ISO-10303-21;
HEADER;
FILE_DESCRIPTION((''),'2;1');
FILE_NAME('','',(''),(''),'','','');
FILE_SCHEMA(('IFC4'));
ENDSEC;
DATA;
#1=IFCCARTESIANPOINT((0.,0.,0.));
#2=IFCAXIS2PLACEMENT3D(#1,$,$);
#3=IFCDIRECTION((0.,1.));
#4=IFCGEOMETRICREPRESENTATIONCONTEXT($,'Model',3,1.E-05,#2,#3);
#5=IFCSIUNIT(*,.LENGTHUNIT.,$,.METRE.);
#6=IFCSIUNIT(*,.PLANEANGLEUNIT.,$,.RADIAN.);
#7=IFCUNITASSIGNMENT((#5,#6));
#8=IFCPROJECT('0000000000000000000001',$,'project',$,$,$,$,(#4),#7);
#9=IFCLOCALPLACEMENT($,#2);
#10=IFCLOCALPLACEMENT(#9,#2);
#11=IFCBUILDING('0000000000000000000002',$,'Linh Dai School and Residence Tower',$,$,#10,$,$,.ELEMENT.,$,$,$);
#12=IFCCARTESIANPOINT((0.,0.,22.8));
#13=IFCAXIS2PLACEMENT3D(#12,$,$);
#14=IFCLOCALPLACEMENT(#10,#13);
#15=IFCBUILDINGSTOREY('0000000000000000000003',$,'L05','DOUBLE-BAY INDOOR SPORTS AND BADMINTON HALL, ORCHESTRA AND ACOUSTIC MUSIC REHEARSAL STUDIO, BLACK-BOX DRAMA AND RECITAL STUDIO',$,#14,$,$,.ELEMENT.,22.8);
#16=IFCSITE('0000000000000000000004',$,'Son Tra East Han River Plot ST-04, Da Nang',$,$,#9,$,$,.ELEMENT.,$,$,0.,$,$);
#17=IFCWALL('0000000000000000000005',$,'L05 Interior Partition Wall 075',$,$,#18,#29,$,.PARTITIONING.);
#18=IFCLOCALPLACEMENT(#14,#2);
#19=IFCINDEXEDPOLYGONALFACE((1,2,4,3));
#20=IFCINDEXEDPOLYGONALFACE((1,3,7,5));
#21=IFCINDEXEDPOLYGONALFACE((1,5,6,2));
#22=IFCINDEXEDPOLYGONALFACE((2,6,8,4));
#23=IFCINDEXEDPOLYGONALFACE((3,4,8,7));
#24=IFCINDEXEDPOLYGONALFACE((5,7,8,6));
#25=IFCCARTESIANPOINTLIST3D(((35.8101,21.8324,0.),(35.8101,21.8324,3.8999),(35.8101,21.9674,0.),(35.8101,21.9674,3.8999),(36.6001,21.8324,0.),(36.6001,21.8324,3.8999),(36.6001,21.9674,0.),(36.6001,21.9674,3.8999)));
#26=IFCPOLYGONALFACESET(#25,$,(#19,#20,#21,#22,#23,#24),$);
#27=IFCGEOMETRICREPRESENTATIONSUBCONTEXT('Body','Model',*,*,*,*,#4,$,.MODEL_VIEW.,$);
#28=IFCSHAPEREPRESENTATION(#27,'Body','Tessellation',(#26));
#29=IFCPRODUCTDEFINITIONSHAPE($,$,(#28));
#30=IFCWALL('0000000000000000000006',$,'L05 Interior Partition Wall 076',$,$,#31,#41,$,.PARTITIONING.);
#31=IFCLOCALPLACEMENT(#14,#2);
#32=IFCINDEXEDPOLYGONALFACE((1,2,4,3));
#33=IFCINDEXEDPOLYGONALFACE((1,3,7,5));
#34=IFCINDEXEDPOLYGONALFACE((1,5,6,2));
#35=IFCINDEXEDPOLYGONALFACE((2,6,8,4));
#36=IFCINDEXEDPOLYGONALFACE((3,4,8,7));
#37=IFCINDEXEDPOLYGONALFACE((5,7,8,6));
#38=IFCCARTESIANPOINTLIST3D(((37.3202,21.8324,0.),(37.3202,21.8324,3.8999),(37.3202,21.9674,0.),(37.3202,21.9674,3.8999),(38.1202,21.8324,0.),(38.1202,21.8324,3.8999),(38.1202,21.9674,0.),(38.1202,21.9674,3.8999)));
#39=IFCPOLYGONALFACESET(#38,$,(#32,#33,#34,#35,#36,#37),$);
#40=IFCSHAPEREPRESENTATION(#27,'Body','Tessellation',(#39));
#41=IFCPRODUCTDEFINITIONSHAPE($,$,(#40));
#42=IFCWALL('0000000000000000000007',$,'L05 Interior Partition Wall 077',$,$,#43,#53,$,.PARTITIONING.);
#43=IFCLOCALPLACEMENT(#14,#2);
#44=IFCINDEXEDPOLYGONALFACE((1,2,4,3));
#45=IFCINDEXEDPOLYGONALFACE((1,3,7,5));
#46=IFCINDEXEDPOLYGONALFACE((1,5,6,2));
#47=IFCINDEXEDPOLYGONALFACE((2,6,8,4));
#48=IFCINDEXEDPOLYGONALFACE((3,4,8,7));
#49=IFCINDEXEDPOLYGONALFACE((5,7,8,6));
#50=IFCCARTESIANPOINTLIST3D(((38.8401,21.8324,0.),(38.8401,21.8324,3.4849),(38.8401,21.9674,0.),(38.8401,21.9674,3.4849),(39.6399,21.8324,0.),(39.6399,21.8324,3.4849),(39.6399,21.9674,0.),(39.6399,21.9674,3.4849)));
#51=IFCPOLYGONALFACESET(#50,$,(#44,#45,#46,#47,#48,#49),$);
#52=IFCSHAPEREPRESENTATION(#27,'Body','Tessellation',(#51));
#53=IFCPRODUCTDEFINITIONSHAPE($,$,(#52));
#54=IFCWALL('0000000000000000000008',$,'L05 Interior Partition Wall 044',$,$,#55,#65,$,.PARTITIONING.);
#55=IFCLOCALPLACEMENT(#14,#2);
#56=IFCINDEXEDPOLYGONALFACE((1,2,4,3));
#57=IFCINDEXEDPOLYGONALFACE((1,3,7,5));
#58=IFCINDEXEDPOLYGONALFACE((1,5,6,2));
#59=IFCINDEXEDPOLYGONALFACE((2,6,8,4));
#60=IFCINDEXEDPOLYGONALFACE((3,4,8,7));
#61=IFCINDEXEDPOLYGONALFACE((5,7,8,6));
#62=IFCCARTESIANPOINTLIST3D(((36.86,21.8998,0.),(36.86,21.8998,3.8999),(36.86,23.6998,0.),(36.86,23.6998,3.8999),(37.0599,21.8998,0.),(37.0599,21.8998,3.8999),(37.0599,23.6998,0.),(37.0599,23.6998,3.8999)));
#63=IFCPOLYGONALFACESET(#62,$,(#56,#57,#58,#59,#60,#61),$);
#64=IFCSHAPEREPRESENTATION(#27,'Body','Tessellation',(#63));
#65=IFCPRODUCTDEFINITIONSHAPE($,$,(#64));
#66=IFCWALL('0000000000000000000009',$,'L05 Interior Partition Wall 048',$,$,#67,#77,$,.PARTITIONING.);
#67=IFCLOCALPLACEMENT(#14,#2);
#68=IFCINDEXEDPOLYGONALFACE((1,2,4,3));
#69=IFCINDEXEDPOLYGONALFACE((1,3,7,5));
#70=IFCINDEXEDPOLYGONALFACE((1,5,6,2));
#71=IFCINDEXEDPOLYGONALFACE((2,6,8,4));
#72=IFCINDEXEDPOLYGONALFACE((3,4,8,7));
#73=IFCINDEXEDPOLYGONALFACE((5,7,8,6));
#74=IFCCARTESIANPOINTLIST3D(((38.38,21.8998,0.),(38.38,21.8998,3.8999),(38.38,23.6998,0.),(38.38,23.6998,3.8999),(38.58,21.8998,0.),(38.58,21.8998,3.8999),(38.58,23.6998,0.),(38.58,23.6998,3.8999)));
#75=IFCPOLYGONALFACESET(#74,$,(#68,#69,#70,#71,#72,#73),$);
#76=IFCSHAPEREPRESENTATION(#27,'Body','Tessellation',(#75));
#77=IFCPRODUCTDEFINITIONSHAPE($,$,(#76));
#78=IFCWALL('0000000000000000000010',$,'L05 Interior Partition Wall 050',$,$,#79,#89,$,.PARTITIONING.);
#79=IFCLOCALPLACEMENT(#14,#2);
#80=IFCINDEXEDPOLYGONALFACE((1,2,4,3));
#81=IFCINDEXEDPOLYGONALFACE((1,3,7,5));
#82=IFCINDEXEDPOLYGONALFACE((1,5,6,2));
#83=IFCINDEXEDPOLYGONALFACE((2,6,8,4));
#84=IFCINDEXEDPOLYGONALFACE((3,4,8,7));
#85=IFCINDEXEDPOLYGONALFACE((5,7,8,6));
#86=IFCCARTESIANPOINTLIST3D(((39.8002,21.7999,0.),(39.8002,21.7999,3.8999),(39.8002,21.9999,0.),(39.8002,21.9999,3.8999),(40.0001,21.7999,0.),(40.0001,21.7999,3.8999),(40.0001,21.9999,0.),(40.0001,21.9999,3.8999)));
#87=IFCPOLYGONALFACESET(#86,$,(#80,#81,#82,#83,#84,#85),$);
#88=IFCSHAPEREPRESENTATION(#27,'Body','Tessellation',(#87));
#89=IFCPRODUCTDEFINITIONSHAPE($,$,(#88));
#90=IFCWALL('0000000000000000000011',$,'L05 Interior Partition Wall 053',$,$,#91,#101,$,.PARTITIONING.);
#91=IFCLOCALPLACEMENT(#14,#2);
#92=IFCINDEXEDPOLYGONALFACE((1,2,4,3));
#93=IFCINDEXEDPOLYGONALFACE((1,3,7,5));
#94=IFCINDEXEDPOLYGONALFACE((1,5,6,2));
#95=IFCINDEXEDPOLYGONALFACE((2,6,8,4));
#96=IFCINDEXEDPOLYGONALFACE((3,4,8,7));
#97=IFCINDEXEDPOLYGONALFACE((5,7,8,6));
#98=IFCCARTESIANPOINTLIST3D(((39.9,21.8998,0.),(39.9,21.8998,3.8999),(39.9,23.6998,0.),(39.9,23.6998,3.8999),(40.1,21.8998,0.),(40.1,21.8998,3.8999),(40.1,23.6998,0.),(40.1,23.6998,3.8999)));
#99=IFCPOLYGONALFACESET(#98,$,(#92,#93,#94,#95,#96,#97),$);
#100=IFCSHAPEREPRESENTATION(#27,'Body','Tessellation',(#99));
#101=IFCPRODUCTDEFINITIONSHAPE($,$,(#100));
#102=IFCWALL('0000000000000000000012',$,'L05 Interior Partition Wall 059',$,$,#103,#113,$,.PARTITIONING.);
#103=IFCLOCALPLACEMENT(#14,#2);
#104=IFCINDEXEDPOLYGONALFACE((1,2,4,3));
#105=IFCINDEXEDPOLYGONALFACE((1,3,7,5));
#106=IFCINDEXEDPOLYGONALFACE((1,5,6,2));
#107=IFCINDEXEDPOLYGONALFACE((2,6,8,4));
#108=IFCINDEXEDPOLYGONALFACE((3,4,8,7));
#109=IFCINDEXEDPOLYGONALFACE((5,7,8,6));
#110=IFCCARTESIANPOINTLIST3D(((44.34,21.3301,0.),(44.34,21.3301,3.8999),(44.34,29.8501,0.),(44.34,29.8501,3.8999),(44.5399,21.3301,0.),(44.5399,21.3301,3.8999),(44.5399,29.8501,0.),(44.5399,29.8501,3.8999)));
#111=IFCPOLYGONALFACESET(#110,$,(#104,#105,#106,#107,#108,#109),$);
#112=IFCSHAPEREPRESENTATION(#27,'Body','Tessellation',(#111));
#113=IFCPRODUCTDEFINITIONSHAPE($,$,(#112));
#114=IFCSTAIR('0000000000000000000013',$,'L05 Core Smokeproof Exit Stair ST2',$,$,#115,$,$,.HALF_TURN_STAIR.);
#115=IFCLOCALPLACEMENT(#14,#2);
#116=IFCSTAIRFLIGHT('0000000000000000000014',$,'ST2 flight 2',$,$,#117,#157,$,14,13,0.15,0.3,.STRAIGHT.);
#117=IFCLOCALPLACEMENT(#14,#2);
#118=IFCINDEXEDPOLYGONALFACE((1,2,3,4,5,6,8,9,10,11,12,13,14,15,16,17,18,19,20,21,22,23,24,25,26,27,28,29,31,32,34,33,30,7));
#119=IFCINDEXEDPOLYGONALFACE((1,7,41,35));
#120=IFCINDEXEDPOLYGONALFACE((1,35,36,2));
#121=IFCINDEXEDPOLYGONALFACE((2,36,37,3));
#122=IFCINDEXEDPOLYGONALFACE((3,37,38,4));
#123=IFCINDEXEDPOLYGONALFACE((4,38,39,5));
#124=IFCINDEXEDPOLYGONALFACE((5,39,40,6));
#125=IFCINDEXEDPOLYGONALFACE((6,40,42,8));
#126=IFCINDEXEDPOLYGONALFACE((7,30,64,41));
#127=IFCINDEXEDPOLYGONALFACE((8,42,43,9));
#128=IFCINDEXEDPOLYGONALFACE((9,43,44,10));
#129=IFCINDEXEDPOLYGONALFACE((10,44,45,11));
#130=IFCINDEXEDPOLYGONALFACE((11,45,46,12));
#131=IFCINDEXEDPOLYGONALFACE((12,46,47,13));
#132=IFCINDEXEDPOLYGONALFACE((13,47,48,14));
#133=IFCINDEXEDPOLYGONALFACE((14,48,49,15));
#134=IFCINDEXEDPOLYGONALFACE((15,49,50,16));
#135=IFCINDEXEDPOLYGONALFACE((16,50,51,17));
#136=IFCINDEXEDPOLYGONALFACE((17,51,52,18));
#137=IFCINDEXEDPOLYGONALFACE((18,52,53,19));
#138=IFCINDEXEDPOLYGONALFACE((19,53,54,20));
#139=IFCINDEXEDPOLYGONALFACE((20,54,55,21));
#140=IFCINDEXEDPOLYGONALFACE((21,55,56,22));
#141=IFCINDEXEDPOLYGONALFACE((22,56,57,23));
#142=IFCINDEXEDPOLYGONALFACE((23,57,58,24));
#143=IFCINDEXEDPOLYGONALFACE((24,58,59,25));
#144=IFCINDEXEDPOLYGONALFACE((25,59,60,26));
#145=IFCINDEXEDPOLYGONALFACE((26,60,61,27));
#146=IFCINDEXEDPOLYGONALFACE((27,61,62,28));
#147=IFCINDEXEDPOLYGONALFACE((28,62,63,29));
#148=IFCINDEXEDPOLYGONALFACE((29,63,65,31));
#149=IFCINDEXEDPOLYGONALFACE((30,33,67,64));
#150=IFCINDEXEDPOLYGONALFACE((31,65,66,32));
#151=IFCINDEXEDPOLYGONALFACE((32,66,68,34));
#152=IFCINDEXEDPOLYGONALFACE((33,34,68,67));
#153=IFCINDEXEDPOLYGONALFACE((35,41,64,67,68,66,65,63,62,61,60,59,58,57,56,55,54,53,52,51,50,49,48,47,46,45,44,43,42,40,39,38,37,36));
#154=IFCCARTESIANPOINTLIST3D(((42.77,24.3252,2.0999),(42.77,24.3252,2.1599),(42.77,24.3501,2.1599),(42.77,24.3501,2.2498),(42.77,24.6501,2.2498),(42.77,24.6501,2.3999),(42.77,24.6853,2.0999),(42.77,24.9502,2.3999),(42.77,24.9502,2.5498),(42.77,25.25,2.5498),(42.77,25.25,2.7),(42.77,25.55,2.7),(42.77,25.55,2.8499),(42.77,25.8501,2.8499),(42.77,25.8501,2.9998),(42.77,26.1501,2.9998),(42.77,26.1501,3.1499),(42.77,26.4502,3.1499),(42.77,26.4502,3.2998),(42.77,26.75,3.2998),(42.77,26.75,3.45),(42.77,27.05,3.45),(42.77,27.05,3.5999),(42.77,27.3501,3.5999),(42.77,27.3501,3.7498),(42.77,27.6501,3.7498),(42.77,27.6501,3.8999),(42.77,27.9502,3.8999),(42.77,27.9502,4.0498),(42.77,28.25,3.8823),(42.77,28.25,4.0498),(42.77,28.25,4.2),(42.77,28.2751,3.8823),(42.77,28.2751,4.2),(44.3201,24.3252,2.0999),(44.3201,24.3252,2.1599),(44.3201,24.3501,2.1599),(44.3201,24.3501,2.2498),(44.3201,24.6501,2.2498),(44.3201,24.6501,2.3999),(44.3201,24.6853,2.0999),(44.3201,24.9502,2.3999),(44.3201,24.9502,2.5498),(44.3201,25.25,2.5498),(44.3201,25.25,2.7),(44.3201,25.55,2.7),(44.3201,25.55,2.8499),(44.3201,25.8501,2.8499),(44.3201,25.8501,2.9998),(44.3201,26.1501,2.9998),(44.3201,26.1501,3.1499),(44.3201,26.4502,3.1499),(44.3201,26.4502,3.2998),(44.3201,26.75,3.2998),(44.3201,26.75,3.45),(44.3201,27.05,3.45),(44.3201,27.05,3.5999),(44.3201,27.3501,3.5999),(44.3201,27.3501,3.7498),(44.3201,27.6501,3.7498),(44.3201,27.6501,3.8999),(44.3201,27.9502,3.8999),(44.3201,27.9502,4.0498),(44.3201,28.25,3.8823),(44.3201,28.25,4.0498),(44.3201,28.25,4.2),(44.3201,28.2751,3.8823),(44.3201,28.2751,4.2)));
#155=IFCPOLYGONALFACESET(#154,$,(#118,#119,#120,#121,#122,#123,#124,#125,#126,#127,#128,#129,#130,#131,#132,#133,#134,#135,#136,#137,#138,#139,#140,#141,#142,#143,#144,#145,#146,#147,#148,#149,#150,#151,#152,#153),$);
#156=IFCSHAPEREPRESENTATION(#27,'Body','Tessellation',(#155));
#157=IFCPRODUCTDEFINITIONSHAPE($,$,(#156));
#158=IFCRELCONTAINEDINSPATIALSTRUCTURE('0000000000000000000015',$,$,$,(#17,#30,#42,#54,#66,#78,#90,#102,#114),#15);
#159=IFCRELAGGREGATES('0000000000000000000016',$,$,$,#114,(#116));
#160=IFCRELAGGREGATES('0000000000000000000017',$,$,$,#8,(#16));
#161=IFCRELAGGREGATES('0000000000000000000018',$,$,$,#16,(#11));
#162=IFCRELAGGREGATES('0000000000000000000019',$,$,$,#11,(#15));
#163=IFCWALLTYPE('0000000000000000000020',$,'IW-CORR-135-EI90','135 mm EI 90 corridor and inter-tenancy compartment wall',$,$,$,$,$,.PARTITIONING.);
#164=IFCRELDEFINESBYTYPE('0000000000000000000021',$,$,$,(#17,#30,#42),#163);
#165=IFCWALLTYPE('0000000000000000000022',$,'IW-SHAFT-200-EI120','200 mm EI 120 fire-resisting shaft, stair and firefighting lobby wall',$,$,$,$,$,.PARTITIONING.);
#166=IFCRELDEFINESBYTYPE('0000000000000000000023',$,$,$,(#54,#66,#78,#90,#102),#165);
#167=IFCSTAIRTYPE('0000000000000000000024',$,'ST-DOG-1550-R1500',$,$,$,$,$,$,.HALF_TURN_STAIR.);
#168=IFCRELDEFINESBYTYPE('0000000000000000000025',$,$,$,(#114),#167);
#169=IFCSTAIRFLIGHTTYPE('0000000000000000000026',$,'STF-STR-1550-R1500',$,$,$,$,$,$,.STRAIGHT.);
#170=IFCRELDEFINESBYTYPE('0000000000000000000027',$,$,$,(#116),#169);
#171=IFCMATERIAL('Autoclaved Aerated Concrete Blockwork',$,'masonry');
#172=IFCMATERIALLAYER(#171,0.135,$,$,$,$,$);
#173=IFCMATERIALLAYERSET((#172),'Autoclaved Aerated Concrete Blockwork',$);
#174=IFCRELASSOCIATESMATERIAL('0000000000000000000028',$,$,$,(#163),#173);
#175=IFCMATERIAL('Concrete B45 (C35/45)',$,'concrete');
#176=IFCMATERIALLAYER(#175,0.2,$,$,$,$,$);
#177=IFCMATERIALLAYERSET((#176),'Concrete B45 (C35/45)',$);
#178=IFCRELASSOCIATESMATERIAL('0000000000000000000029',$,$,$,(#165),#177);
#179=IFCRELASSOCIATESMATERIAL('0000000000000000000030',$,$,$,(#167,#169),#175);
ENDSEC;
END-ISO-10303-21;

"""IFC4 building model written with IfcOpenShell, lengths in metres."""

from ifc_helpers import new_model, si_unit, direction, frame, frame_2d, origin, place, context, subcontext, project, spatial, polyline, rectangle, outline, extrude, source, transform, mapped, material, layer, layer_set, type_object, element, aggregate, save


model = new_model("IFC4")

# Units and contexts
model_context = context("Model", 3, precision=1e-05, world=origin(), true_north=direction((0.0, 1.0)))
body_context = subcontext(model_context, "Body", "Model", "MODEL_VIEW")
ifc_project = project(units=[si_unit("LENGTHUNIT", "METRE"), si_unit("PLANEANGLEUNIT", "RADIAN")], contexts=[model_context])

# Site, building, storey
site_placement = place(None, origin())
site = spatial("IfcSite", under=ifc_project, at=site_placement, Name="Son Tra East Han River Plot ST-04, Da Nang", CompositionType="ELEMENT", RefElevation=0.0)
building_placement = place(site_placement, origin())
building = spatial("IfcBuilding", under=site, at=building_placement, Name="Linh Dai School and Residence Tower", CompositionType="ELEMENT")
storey_placement = place(building_placement, frame((0.0, 0.0, 22.8)))
storey = spatial("IfcBuildingStorey", under=building, at=storey_placement, Name="L05", Description="DOUBLE-BAY INDOOR SPORTS AND BADMINTON HALL, ORCHESTRA AND ACOUSTIC MUSIC REHEARSAL STUDIO, BLACK-BOX DRAMA AND RECITAL STUDIO", CompositionType="ELEMENT", Elevation=22.8)

# Shared definitions
ifc_material_1 = material(Name="Autoclaved Aerated Concrete Blockwork", Category="masonry")
ifc_layer_1 = layer(ifc_material_1, 0.135)
ifc_layer_set_1 = layer_set([ifc_layer_1], Name="Autoclaved Aerated Concrete Blockwork")
wall_type_1 = type_object("IfcWallType", Name="IW-CORR-135-EI90", Description="135 mm EI 90 corridor and inter-tenancy compartment wall", PredefinedType="PARTITIONING", material=ifc_layer_set_1)

# Walls
wall_1_placement = place(storey_placement, frame((36.6001, 21.8999, 0.0), z_axis=(0.0, 0.0, 1.0), x_axis=(-1.0, 0.0, 0.0)))
element("IfcWall", 1, at=wall_1_placement, inside=storey, type_object=wall_type_1, Name="L05 Interior Partition Wall 075", PredefinedType="PARTITIONING", context=body_context, shape_type="SweptSolid", body=[
    extrude(rectangle(XDim=0.79, YDim=0.135, at=frame_2d((0.395, 0.0))), origin(), (0.0, 0.0, 1.0), 3.8999),
])
wall_2_placement = place(storey_placement, frame((38.1201, 21.8999, 0.0), z_axis=(0.0, 0.0, 1.0), x_axis=(-1.0, 0.0, 0.0)))
element("IfcWall", 2, at=wall_2_placement, inside=storey, type_object=wall_type_1, Name="L05 Interior Partition Wall 076", PredefinedType="PARTITIONING", context=body_context, shape_type="SweptSolid", body=[
    extrude(rectangle(XDim=0.8, YDim=0.135, at=frame_2d((0.3999, 0.0))), origin(), (0.0, 0.0, 1.0), 3.8999),
])
wall_3_placement = place(storey_placement, frame((39.6399, 21.8999, 0.0), z_axis=(0.0, 0.0, 1.0), x_axis=(-1.0, 0.0, 0.0)))
element("IfcWall", 3, at=wall_3_placement, inside=storey, type_object=wall_type_1, Name="L05 Interior Partition Wall 077", PredefinedType="PARTITIONING", context=body_context, shape_type="SweptSolid", body=[
    extrude(rectangle(XDim=0.7998, YDim=0.135, at=frame_2d((0.3999, 0.0))), origin(), (0.0, 0.0, 1.0), 3.4849),
])
ifc_material_2 = material(Name="Concrete B45 (C35/45)", Category="concrete")
ifc_layer_2 = layer(ifc_material_2, 0.2)
ifc_layer_set_2 = layer_set([ifc_layer_2], Name="Concrete B45 (C35/45)")
wall_type_2 = type_object("IfcWallType", Name="IW-SHAFT-200-EI120", Description="200 mm EI 120 fire-resisting shaft, stair and firefighting lobby wall", PredefinedType="PARTITIONING", material=ifc_layer_set_2)
for number, where, z_axis, x_axis, name in (
    (4, (36.96, 21.8999, 0.0), (0.0, 0.0, 1.0), (0.0, 1.0, 0.0), "L05 Interior Partition Wall 044"),
    (5, (38.48, 21.8999, 0.0), (0.0, 0.0, 1.0), (0.0, 1.0, 0.0), "L05 Interior Partition Wall 048"),
):
    element("IfcWall", number, at=place(storey_placement, frame(where, z_axis=z_axis, x_axis=x_axis)), inside=storey, type_object=wall_type_2, Name=name, PredefinedType="PARTITIONING", context=body_context, shape_type="SweptSolid", body=[
        extrude(rectangle(XDim=1.8, YDim=0.2, at=frame_2d((0.8999, 0.0))), origin(), (0.0, 0.0, 1.0), 3.8999),
    ])
wall_4_placement = place(storey_placement, frame((39.8, 21.8999, 0.0), z_axis=(0.0, 0.0, 1.0), x_axis=(1.0, 0.0, 0.0)))
element("IfcWall", 6, at=wall_4_placement, inside=storey, type_object=wall_type_2, Name="L05 Interior Partition Wall 050", PredefinedType="PARTITIONING", context=body_context, shape_type="SweptSolid", body=[
    extrude(rectangle(XDim=0.2, YDim=0.2, at=frame_2d((0.1001, 0.0))), origin(), (0.0, 0.0, 1.0), 3.8999),
])
wall_5_placement = place(storey_placement, frame((40.0, 21.8999, 0.0), z_axis=(0.0, 0.0, 1.0), x_axis=(0.0, 1.0, 0.0)))
element("IfcWall", 7, at=wall_5_placement, inside=storey, type_object=wall_type_2, Name="L05 Interior Partition Wall 053", PredefinedType="PARTITIONING", context=body_context, shape_type="SweptSolid", body=[
    extrude(rectangle(XDim=1.8, YDim=0.2, at=frame_2d((0.8999, 0.0))), origin(), (0.0, 0.0, 1.0), 3.8999),
])
wall_6_placement = place(storey_placement, frame((44.4399, 21.3301, 0.0), z_axis=(0.0, 0.0, 1.0), x_axis=(0.0, 1.0, 0.0)))
element("IfcWall", 8, at=wall_6_placement, inside=storey, type_object=wall_type_2, Name="L05 Interior Partition Wall 059", PredefinedType="PARTITIONING", context=body_context, shape_type="SweptSolid", body=[
    extrude(rectangle(XDim=8.52, YDim=0.2, at=frame_2d((4.26, 0.0))), origin(), (0.0, 0.0, 1.0), 3.8999),
])

# Stair, stair flight
stair_type = type_object("IfcStairType", Name="ST-DOG-1550-R1500", PredefinedType="HALF_TURN_STAIR", material=ifc_material_2)
stair_placement = place(storey_placement, origin())
stair = element("IfcStair", 9, at=stair_placement, inside=storey, type_object=stair_type, Name="L05 Core Smokeproof Exit Stair ST2", PredefinedType="HALF_TURN_STAIR")
stair_flight_type = type_object("IfcStairFlightType", Name="STF-STR-1550-R1500", PredefinedType="STRAIGHT", material=ifc_material_2)
shared_shape_1 = source(origin(), body_context, "Body", "SweptSolid", [
    extrude(outline(polyline([(-0.0249, 0.0), (-0.0249, 0.0601), (0.0, 0.0601), (0.0, 0.1499), (0.3, 0.1499), (0.3, 0.3), (0.6001, 0.3), (0.6001, 0.45), (0.8999, 0.45), (0.8999, 0.6001), (1.2, 0.6001), (1.2, 0.75), (1.5, 0.75), (1.5, 0.8999), (1.8, 0.8999), (1.8, 1.05), (2.1001, 1.05), (2.1001, 1.2), (2.3999, 1.2), (2.3999, 1.3501), (2.7, 1.3501), (2.7, 1.5), (3.0, 1.5), (3.0, 1.6499), (3.3, 1.6499), (3.3, 1.8), (3.6001, 1.8), (3.6001, 1.95), (3.8999, 1.95), (3.8999, 2.1001), (3.925, 2.1001), (3.925, 1.7825), (3.8999, 1.7825), (0.3352, 0.0), (-0.0249, 0.0)])), frame((0.0, 0.7749, 0.0), z_axis=(0.0, -1.0, 0.0), x_axis=(1.0, 0.0, 0.0)), (0.0, 0.0, 1.0), 1.55),
])
stair_flight_placement = place(storey_placement, frame((43.5449, 24.3501, 2.0999), z_axis=(0.0, 0.0, 1.0), x_axis=(0.0, 1.0, 0.0)))
stair_flight = element("IfcStairFlight", 10, at=stair_flight_placement, type_object=stair_flight_type, Name="ST2 flight 2", NumberOfRisers=14, NumberOfTreads=13, PredefinedType="STRAIGHT", RiserHeight=0.15, TreadLength=0.3, context=body_context, shape_type="MappedRepresentation", body=[
    mapped(shared_shape_1, transform((0.0, 0.0, 0.0), x_axis=(1.0, 0.0, 0.0), y_axis=(0.0, 1.0, 0.0), z_axis=(0.0, 0.0, 1.0), scale=1.0)),
])
aggregate(stair, [stair_flight])

save(model, "model.ifc")
